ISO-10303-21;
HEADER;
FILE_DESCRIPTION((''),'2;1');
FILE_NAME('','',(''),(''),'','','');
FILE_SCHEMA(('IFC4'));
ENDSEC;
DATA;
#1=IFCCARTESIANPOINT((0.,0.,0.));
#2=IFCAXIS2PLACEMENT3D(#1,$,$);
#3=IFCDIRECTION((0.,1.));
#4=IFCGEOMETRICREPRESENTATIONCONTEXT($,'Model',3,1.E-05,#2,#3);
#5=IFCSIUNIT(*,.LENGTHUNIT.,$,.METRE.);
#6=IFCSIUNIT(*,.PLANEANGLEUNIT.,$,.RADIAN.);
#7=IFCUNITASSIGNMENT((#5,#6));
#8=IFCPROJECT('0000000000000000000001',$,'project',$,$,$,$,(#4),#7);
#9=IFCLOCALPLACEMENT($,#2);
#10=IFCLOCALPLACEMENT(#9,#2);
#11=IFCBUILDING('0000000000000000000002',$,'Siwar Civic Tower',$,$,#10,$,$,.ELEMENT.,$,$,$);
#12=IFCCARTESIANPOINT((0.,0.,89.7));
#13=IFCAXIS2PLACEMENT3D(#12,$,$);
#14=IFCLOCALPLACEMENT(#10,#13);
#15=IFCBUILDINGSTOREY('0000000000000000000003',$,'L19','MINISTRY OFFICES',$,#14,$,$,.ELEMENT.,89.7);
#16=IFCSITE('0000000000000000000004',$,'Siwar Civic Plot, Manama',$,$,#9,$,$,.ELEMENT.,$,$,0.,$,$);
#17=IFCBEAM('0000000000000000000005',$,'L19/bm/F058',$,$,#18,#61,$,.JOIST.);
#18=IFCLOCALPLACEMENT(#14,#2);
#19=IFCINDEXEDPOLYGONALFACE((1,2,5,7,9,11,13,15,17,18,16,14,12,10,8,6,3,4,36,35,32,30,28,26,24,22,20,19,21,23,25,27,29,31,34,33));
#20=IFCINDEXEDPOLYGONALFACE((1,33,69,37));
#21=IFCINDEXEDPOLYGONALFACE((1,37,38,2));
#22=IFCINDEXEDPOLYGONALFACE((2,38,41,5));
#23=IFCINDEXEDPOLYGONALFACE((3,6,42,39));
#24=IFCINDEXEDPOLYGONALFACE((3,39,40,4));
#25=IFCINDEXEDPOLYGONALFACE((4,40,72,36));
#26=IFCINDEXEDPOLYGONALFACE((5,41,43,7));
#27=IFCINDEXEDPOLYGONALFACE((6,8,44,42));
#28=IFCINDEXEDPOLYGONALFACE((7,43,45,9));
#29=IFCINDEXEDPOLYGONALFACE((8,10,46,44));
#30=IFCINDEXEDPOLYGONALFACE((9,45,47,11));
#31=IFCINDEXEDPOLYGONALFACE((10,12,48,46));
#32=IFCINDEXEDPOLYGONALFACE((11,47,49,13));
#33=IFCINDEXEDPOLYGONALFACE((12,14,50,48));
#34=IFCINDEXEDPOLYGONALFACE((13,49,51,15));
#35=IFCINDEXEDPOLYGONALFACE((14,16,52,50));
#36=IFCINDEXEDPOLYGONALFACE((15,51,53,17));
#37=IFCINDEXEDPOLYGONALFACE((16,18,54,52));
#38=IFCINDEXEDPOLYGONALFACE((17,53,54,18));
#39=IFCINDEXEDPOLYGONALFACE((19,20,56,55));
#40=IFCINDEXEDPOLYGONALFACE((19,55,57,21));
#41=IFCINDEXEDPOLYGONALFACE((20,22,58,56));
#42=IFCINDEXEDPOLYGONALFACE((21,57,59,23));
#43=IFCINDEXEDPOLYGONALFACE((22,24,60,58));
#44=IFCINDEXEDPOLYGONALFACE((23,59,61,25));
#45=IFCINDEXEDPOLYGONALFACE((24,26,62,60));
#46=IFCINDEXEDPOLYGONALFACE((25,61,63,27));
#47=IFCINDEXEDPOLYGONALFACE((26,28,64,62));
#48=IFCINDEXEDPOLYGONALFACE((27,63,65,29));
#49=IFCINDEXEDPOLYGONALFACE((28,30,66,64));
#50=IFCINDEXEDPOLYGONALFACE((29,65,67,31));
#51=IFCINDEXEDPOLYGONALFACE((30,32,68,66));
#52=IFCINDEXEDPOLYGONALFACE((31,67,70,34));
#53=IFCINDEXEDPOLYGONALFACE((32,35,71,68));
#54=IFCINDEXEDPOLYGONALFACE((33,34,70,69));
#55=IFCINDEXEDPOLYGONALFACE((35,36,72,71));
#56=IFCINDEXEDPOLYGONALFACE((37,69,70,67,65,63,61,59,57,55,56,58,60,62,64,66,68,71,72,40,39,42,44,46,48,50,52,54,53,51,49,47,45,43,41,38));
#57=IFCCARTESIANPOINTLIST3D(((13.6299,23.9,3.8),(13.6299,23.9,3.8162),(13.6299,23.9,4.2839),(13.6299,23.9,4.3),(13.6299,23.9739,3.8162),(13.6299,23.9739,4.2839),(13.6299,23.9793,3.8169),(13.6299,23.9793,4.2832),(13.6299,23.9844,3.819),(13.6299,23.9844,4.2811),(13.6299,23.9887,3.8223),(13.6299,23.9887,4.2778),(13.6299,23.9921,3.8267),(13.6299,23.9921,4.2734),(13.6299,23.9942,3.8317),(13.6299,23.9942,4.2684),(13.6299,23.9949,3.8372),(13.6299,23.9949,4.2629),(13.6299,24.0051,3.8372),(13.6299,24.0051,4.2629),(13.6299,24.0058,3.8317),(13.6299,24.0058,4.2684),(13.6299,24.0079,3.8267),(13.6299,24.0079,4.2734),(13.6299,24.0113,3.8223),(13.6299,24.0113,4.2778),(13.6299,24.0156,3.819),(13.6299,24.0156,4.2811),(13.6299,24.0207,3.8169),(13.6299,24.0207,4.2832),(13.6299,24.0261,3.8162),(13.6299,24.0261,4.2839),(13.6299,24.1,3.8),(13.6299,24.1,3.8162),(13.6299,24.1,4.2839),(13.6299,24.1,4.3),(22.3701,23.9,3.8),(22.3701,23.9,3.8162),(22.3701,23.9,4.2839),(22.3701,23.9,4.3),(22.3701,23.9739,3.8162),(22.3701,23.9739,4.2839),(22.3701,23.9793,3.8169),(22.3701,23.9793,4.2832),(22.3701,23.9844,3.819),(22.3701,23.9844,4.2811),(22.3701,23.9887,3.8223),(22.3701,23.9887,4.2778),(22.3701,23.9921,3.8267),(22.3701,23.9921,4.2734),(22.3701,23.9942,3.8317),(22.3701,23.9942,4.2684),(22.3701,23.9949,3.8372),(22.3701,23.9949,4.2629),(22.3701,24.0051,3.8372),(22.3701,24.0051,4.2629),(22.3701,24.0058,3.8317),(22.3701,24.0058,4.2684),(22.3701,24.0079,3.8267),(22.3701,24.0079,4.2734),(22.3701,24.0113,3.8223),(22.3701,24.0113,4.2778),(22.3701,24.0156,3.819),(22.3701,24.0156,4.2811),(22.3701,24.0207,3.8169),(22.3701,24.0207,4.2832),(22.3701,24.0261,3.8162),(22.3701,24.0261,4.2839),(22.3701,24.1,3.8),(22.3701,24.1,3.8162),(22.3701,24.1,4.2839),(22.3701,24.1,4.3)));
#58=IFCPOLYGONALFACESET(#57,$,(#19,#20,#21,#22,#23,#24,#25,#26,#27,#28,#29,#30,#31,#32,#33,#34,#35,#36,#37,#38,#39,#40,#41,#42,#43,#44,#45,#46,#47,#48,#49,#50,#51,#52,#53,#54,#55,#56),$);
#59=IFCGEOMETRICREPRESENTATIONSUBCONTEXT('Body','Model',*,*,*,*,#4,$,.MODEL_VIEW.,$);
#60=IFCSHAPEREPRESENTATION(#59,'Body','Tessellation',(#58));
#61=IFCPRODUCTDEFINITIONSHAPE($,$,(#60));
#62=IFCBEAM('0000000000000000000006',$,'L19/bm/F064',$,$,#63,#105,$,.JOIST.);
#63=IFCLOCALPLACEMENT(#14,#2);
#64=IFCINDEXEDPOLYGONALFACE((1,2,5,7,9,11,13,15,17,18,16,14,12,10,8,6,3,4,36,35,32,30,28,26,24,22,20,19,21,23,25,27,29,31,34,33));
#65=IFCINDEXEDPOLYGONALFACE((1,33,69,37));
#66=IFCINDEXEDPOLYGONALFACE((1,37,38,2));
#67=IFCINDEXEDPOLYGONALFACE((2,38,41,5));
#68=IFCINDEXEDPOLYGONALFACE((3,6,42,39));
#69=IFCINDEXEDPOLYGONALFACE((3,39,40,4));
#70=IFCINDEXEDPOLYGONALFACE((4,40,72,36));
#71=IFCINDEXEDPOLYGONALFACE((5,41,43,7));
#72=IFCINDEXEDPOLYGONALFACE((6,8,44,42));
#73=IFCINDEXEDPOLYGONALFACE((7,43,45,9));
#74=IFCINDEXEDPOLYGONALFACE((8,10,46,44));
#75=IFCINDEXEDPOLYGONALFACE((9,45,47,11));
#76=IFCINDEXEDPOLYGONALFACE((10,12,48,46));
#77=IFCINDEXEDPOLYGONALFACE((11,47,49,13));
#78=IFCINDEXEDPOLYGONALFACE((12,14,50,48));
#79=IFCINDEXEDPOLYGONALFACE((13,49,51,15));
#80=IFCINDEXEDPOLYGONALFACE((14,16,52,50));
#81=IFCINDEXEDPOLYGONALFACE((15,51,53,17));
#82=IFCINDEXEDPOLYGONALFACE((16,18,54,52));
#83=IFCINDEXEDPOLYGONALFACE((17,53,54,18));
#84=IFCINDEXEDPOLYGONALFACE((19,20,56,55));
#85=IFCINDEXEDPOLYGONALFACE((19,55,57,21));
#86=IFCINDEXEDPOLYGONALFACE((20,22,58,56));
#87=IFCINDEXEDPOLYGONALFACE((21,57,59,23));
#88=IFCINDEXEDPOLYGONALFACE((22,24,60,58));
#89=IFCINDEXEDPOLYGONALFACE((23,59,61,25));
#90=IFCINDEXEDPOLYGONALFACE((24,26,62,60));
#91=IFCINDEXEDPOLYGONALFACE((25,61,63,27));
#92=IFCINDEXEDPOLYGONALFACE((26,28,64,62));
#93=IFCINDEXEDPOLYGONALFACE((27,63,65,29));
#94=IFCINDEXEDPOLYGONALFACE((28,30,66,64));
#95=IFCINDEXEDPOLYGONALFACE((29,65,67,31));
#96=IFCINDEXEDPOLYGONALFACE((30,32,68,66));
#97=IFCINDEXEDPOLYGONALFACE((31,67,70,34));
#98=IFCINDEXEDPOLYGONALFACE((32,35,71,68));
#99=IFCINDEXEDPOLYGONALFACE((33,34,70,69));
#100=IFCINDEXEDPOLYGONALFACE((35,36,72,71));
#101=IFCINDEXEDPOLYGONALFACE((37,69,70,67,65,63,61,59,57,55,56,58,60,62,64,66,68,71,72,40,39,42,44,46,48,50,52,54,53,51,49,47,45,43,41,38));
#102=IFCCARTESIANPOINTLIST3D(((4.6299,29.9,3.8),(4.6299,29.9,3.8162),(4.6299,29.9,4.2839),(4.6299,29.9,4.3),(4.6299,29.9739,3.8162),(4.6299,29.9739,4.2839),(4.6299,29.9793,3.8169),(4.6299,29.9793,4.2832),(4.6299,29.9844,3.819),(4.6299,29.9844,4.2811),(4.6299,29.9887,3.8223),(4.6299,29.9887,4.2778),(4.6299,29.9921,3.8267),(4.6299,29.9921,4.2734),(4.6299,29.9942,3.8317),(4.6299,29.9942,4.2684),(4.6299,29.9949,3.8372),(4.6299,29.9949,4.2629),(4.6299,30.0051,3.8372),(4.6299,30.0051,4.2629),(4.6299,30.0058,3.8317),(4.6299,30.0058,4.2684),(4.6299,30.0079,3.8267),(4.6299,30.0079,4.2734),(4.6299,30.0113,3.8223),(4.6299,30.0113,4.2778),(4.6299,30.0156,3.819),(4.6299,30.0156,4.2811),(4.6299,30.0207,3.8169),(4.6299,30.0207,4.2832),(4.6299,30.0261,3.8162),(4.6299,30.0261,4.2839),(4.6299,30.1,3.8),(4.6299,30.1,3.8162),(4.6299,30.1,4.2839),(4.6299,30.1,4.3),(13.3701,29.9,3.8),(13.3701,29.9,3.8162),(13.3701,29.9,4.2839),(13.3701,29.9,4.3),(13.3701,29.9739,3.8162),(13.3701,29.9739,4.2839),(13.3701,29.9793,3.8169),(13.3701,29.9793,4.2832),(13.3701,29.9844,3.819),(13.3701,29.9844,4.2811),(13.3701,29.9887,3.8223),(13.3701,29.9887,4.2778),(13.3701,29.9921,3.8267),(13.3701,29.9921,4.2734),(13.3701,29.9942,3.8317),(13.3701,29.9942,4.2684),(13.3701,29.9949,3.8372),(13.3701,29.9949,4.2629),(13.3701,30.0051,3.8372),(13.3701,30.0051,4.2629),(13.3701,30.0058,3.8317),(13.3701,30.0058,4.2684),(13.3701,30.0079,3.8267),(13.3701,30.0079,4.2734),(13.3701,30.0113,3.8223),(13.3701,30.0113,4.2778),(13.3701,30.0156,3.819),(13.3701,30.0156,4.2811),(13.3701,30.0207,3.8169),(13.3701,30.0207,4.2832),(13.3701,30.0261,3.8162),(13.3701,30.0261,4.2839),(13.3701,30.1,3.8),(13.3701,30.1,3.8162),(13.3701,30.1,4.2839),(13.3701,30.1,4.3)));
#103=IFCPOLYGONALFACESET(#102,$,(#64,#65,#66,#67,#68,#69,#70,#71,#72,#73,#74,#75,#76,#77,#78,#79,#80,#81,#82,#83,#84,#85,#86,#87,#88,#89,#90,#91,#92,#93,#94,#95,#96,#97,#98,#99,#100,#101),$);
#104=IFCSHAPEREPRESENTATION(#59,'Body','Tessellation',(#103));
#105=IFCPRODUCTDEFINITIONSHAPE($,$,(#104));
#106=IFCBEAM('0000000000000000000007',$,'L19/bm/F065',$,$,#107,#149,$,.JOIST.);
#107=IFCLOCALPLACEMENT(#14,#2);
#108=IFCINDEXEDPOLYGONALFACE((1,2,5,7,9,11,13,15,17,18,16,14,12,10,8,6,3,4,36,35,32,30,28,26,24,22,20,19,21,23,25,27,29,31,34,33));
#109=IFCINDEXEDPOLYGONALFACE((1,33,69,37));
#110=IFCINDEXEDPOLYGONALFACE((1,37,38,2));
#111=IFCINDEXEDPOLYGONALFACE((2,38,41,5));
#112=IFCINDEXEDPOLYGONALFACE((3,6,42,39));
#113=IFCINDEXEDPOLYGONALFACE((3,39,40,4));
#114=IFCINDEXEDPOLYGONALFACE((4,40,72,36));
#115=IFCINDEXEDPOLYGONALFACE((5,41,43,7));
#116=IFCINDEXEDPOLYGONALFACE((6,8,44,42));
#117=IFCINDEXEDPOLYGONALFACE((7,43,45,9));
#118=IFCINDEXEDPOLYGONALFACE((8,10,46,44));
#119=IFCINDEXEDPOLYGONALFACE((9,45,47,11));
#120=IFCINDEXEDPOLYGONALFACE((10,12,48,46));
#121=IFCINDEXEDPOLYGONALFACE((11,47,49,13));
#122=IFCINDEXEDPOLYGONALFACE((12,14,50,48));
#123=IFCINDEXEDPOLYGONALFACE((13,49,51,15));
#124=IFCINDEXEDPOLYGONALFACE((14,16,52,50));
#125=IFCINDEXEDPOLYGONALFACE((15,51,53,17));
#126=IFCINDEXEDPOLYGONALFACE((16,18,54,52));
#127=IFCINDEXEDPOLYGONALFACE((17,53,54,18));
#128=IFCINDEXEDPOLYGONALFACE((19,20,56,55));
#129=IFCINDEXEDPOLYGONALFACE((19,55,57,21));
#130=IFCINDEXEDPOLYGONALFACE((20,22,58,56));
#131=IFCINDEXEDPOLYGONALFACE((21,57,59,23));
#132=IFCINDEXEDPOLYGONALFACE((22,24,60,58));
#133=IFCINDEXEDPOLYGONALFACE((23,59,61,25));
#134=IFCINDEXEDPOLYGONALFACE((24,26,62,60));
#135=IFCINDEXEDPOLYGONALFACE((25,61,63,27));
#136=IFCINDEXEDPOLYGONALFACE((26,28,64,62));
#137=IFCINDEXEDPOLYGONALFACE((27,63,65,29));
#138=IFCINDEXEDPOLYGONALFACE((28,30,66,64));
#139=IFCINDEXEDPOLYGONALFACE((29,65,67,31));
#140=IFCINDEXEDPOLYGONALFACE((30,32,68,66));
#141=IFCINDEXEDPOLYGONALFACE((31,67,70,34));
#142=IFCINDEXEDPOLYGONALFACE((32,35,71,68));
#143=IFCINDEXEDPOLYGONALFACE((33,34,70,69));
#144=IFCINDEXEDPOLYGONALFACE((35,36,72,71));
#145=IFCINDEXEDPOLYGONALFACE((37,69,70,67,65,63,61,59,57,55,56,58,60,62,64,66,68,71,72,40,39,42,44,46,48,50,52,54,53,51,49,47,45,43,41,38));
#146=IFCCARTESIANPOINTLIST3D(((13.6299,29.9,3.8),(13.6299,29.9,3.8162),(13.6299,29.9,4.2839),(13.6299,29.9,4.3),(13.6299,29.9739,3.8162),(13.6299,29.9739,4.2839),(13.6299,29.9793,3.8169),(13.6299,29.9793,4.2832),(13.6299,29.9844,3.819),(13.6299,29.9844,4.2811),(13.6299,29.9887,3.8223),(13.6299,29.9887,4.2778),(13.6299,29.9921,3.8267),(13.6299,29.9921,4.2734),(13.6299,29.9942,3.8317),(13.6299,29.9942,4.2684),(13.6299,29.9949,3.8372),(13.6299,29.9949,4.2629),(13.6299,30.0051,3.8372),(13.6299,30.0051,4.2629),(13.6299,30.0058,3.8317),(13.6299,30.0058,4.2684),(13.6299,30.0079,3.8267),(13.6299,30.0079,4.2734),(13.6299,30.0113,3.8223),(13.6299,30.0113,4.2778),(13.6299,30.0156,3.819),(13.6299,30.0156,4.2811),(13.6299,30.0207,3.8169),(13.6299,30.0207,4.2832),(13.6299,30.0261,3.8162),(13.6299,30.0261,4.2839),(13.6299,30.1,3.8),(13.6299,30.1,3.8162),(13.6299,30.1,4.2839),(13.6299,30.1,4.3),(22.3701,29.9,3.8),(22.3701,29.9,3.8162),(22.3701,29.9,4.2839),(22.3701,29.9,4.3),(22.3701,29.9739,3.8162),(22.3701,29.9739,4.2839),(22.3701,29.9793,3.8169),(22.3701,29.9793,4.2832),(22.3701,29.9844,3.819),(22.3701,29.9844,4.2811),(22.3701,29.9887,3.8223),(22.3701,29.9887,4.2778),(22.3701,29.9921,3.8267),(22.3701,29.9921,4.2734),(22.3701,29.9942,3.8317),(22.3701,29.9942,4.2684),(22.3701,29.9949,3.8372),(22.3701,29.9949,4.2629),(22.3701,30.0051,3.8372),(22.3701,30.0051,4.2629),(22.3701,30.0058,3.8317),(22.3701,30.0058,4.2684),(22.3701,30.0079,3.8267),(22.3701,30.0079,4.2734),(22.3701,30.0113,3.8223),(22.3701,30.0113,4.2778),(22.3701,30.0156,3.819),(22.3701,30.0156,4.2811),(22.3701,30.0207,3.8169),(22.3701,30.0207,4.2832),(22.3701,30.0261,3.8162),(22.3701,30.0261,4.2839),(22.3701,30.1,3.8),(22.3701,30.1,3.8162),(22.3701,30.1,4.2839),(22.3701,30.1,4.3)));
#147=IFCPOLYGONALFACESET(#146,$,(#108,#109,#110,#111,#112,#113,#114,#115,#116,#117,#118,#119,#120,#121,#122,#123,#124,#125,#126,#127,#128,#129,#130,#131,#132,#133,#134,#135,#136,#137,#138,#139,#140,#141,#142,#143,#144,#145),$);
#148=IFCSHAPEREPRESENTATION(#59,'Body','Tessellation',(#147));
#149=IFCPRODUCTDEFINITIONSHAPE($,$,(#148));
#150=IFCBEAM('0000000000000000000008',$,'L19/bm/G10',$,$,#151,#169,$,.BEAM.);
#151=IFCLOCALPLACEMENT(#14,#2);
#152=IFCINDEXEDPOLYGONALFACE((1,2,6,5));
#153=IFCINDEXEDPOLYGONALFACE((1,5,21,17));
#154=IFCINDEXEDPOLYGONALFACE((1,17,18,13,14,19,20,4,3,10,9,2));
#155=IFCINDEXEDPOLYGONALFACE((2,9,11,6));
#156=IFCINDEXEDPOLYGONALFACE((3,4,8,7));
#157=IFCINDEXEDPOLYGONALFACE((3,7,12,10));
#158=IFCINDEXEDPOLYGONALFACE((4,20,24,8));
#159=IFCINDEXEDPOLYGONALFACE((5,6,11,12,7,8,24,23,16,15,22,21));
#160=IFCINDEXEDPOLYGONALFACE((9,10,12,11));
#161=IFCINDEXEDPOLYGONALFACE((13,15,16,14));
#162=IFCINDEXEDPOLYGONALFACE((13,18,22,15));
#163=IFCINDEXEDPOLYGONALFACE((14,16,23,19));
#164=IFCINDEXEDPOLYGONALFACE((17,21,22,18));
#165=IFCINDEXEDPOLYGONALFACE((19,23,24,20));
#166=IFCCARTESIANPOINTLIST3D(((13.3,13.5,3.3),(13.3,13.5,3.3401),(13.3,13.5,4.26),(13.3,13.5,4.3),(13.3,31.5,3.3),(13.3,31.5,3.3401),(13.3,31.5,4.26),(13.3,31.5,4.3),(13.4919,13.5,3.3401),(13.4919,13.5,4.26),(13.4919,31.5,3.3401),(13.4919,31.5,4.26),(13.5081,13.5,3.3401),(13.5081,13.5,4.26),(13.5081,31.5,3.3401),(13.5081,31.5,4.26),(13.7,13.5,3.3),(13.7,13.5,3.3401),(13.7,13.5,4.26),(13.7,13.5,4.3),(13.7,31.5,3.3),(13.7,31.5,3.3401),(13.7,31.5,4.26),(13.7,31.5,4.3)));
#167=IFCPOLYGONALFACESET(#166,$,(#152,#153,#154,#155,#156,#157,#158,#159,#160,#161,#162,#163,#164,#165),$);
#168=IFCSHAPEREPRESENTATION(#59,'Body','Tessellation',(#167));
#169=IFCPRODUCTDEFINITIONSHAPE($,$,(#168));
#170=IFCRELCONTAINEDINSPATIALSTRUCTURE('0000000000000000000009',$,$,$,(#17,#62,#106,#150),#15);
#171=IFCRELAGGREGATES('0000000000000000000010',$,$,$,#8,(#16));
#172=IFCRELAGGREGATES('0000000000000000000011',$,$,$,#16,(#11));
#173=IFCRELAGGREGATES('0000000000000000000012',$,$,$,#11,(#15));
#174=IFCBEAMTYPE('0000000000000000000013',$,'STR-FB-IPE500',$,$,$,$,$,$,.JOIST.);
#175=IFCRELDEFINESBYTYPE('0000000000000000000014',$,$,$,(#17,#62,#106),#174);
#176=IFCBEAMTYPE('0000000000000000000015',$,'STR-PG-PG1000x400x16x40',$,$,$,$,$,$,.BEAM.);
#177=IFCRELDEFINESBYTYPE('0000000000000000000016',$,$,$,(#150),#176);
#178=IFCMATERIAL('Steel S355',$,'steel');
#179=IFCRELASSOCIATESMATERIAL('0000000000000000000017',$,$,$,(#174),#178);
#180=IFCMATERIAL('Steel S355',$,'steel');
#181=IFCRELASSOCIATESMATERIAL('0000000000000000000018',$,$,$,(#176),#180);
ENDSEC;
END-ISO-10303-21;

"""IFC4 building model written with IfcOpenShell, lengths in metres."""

from ifc_helpers import new_model, si_unit, direction, frame, origin, origin_2d, place, context, subcontext, project, spatial, i_section, extrude, material, material_profile, profile_set, type_object, element, save


model = new_model("IFC4")

# Units and contexts
model_context = context("Model", 3, precision=1e-05, world=origin(), true_north=direction((0.0, 1.0)))
body_context = subcontext(model_context, "Body", "Model", "MODEL_VIEW")
ifc_project = project(units=[si_unit("LENGTHUNIT", "METRE"), si_unit("PLANEANGLEUNIT", "RADIAN")], contexts=[model_context])

# Site, building, storey
site_placement = place(None, origin())
site = spatial("IfcSite", under=ifc_project, at=site_placement, Name="Siwar Civic Plot, Manama", CompositionType="ELEMENT", RefElevation=0.0)
building_placement = place(site_placement, origin())
building = spatial("IfcBuilding", under=site, at=building_placement, Name="Siwar Civic Tower", CompositionType="ELEMENT")
storey_placement = place(building_placement, frame((0.0, 0.0, 89.7)))
storey = spatial("IfcBuildingStorey", under=building, at=storey_placement, Name="L19", Description="MINISTRY OFFICES", CompositionType="ELEMENT", Elevation=89.7)

# Beams
ifc_material_1 = material(Name="Steel S355", Category="steel")
ifc_material_profile_1 = material_profile(ifc_material_1, i_section(OverallWidth=0.2, OverallDepth=0.5, WebThickness=0.0103, FlangeThickness=0.0161, FilletRadius=0.021, at=origin_2d()), Name="IPE500")
ifc_profile_set_1 = profile_set([ifc_material_profile_1], Name="Steel S355")
beam_type_1 = type_object("IfcBeamType", Name="STR-FB-IPE500", PredefinedType="JOIST", material=ifc_profile_set_1)
for number, where, z_axis, x_axis, name in (
    (1, (13.6299, 24.0, 4.05), (1.0, 0.0, 0.0), (0.0, 1.0, 0.0), "L19/bm/F058"),
    (2, (4.6299, 30.0, 4.05), (1.0, 0.0, 0.0), (0.0, 1.0, 0.0), "L19/bm/F064"),
    (3, (13.6299, 30.0, 4.05), (1.0, 0.0, 0.0), (0.0, 1.0, 0.0), "L19/bm/F065"),
):
    element("IfcBeam", number, at=place(storey_placement, frame(where, z_axis=z_axis, x_axis=x_axis)), inside=storey, type_object=beam_type_1, Name=name, PredefinedType="JOIST", context=body_context, shape_type="SweptSolid", body=[
        extrude(i_section(OverallWidth=0.2, OverallDepth=0.5, WebThickness=0.0103, FlangeThickness=0.0161, FilletRadius=0.021, at=origin_2d()), origin(), (0.0, 0.0, 1.0), 8.7402),
    ])
ifc_material_2 = material(Name="Steel S355", Category="steel")
ifc_material_profile_2 = material_profile(ifc_material_2, i_section(OverallWidth=0.3999, OverallDepth=1.0, WebThickness=0.0161, FlangeThickness=0.04, at=origin_2d()), Name="PG1000x400x16x40")
ifc_profile_set_2 = profile_set([ifc_material_profile_2], Name="Steel S355")
beam_type_2 = type_object("IfcBeamType", Name="STR-PG-PG1000x400x16x40", PredefinedType="BEAM", material=ifc_profile_set_2)
beam_1_placement = place(storey_placement, frame((13.5, 13.5, 3.8), z_axis=(0.0, 1.0, 0.0), x_axis=(-1.0, 0.0, 0.0)))
element("IfcBeam", 4, at=beam_1_placement, inside=storey, type_object=beam_type_2, Name="L19/bm/G10", PredefinedType="BEAM", context=body_context, shape_type="SweptSolid", body=[
    extrude(i_section(OverallWidth=0.3999, OverallDepth=1.0, WebThickness=0.0161, FlangeThickness=0.04, at=origin_2d()), origin(), (0.0, 0.0, 1.0), 18.0),
])

save(model, "model.ifc")
